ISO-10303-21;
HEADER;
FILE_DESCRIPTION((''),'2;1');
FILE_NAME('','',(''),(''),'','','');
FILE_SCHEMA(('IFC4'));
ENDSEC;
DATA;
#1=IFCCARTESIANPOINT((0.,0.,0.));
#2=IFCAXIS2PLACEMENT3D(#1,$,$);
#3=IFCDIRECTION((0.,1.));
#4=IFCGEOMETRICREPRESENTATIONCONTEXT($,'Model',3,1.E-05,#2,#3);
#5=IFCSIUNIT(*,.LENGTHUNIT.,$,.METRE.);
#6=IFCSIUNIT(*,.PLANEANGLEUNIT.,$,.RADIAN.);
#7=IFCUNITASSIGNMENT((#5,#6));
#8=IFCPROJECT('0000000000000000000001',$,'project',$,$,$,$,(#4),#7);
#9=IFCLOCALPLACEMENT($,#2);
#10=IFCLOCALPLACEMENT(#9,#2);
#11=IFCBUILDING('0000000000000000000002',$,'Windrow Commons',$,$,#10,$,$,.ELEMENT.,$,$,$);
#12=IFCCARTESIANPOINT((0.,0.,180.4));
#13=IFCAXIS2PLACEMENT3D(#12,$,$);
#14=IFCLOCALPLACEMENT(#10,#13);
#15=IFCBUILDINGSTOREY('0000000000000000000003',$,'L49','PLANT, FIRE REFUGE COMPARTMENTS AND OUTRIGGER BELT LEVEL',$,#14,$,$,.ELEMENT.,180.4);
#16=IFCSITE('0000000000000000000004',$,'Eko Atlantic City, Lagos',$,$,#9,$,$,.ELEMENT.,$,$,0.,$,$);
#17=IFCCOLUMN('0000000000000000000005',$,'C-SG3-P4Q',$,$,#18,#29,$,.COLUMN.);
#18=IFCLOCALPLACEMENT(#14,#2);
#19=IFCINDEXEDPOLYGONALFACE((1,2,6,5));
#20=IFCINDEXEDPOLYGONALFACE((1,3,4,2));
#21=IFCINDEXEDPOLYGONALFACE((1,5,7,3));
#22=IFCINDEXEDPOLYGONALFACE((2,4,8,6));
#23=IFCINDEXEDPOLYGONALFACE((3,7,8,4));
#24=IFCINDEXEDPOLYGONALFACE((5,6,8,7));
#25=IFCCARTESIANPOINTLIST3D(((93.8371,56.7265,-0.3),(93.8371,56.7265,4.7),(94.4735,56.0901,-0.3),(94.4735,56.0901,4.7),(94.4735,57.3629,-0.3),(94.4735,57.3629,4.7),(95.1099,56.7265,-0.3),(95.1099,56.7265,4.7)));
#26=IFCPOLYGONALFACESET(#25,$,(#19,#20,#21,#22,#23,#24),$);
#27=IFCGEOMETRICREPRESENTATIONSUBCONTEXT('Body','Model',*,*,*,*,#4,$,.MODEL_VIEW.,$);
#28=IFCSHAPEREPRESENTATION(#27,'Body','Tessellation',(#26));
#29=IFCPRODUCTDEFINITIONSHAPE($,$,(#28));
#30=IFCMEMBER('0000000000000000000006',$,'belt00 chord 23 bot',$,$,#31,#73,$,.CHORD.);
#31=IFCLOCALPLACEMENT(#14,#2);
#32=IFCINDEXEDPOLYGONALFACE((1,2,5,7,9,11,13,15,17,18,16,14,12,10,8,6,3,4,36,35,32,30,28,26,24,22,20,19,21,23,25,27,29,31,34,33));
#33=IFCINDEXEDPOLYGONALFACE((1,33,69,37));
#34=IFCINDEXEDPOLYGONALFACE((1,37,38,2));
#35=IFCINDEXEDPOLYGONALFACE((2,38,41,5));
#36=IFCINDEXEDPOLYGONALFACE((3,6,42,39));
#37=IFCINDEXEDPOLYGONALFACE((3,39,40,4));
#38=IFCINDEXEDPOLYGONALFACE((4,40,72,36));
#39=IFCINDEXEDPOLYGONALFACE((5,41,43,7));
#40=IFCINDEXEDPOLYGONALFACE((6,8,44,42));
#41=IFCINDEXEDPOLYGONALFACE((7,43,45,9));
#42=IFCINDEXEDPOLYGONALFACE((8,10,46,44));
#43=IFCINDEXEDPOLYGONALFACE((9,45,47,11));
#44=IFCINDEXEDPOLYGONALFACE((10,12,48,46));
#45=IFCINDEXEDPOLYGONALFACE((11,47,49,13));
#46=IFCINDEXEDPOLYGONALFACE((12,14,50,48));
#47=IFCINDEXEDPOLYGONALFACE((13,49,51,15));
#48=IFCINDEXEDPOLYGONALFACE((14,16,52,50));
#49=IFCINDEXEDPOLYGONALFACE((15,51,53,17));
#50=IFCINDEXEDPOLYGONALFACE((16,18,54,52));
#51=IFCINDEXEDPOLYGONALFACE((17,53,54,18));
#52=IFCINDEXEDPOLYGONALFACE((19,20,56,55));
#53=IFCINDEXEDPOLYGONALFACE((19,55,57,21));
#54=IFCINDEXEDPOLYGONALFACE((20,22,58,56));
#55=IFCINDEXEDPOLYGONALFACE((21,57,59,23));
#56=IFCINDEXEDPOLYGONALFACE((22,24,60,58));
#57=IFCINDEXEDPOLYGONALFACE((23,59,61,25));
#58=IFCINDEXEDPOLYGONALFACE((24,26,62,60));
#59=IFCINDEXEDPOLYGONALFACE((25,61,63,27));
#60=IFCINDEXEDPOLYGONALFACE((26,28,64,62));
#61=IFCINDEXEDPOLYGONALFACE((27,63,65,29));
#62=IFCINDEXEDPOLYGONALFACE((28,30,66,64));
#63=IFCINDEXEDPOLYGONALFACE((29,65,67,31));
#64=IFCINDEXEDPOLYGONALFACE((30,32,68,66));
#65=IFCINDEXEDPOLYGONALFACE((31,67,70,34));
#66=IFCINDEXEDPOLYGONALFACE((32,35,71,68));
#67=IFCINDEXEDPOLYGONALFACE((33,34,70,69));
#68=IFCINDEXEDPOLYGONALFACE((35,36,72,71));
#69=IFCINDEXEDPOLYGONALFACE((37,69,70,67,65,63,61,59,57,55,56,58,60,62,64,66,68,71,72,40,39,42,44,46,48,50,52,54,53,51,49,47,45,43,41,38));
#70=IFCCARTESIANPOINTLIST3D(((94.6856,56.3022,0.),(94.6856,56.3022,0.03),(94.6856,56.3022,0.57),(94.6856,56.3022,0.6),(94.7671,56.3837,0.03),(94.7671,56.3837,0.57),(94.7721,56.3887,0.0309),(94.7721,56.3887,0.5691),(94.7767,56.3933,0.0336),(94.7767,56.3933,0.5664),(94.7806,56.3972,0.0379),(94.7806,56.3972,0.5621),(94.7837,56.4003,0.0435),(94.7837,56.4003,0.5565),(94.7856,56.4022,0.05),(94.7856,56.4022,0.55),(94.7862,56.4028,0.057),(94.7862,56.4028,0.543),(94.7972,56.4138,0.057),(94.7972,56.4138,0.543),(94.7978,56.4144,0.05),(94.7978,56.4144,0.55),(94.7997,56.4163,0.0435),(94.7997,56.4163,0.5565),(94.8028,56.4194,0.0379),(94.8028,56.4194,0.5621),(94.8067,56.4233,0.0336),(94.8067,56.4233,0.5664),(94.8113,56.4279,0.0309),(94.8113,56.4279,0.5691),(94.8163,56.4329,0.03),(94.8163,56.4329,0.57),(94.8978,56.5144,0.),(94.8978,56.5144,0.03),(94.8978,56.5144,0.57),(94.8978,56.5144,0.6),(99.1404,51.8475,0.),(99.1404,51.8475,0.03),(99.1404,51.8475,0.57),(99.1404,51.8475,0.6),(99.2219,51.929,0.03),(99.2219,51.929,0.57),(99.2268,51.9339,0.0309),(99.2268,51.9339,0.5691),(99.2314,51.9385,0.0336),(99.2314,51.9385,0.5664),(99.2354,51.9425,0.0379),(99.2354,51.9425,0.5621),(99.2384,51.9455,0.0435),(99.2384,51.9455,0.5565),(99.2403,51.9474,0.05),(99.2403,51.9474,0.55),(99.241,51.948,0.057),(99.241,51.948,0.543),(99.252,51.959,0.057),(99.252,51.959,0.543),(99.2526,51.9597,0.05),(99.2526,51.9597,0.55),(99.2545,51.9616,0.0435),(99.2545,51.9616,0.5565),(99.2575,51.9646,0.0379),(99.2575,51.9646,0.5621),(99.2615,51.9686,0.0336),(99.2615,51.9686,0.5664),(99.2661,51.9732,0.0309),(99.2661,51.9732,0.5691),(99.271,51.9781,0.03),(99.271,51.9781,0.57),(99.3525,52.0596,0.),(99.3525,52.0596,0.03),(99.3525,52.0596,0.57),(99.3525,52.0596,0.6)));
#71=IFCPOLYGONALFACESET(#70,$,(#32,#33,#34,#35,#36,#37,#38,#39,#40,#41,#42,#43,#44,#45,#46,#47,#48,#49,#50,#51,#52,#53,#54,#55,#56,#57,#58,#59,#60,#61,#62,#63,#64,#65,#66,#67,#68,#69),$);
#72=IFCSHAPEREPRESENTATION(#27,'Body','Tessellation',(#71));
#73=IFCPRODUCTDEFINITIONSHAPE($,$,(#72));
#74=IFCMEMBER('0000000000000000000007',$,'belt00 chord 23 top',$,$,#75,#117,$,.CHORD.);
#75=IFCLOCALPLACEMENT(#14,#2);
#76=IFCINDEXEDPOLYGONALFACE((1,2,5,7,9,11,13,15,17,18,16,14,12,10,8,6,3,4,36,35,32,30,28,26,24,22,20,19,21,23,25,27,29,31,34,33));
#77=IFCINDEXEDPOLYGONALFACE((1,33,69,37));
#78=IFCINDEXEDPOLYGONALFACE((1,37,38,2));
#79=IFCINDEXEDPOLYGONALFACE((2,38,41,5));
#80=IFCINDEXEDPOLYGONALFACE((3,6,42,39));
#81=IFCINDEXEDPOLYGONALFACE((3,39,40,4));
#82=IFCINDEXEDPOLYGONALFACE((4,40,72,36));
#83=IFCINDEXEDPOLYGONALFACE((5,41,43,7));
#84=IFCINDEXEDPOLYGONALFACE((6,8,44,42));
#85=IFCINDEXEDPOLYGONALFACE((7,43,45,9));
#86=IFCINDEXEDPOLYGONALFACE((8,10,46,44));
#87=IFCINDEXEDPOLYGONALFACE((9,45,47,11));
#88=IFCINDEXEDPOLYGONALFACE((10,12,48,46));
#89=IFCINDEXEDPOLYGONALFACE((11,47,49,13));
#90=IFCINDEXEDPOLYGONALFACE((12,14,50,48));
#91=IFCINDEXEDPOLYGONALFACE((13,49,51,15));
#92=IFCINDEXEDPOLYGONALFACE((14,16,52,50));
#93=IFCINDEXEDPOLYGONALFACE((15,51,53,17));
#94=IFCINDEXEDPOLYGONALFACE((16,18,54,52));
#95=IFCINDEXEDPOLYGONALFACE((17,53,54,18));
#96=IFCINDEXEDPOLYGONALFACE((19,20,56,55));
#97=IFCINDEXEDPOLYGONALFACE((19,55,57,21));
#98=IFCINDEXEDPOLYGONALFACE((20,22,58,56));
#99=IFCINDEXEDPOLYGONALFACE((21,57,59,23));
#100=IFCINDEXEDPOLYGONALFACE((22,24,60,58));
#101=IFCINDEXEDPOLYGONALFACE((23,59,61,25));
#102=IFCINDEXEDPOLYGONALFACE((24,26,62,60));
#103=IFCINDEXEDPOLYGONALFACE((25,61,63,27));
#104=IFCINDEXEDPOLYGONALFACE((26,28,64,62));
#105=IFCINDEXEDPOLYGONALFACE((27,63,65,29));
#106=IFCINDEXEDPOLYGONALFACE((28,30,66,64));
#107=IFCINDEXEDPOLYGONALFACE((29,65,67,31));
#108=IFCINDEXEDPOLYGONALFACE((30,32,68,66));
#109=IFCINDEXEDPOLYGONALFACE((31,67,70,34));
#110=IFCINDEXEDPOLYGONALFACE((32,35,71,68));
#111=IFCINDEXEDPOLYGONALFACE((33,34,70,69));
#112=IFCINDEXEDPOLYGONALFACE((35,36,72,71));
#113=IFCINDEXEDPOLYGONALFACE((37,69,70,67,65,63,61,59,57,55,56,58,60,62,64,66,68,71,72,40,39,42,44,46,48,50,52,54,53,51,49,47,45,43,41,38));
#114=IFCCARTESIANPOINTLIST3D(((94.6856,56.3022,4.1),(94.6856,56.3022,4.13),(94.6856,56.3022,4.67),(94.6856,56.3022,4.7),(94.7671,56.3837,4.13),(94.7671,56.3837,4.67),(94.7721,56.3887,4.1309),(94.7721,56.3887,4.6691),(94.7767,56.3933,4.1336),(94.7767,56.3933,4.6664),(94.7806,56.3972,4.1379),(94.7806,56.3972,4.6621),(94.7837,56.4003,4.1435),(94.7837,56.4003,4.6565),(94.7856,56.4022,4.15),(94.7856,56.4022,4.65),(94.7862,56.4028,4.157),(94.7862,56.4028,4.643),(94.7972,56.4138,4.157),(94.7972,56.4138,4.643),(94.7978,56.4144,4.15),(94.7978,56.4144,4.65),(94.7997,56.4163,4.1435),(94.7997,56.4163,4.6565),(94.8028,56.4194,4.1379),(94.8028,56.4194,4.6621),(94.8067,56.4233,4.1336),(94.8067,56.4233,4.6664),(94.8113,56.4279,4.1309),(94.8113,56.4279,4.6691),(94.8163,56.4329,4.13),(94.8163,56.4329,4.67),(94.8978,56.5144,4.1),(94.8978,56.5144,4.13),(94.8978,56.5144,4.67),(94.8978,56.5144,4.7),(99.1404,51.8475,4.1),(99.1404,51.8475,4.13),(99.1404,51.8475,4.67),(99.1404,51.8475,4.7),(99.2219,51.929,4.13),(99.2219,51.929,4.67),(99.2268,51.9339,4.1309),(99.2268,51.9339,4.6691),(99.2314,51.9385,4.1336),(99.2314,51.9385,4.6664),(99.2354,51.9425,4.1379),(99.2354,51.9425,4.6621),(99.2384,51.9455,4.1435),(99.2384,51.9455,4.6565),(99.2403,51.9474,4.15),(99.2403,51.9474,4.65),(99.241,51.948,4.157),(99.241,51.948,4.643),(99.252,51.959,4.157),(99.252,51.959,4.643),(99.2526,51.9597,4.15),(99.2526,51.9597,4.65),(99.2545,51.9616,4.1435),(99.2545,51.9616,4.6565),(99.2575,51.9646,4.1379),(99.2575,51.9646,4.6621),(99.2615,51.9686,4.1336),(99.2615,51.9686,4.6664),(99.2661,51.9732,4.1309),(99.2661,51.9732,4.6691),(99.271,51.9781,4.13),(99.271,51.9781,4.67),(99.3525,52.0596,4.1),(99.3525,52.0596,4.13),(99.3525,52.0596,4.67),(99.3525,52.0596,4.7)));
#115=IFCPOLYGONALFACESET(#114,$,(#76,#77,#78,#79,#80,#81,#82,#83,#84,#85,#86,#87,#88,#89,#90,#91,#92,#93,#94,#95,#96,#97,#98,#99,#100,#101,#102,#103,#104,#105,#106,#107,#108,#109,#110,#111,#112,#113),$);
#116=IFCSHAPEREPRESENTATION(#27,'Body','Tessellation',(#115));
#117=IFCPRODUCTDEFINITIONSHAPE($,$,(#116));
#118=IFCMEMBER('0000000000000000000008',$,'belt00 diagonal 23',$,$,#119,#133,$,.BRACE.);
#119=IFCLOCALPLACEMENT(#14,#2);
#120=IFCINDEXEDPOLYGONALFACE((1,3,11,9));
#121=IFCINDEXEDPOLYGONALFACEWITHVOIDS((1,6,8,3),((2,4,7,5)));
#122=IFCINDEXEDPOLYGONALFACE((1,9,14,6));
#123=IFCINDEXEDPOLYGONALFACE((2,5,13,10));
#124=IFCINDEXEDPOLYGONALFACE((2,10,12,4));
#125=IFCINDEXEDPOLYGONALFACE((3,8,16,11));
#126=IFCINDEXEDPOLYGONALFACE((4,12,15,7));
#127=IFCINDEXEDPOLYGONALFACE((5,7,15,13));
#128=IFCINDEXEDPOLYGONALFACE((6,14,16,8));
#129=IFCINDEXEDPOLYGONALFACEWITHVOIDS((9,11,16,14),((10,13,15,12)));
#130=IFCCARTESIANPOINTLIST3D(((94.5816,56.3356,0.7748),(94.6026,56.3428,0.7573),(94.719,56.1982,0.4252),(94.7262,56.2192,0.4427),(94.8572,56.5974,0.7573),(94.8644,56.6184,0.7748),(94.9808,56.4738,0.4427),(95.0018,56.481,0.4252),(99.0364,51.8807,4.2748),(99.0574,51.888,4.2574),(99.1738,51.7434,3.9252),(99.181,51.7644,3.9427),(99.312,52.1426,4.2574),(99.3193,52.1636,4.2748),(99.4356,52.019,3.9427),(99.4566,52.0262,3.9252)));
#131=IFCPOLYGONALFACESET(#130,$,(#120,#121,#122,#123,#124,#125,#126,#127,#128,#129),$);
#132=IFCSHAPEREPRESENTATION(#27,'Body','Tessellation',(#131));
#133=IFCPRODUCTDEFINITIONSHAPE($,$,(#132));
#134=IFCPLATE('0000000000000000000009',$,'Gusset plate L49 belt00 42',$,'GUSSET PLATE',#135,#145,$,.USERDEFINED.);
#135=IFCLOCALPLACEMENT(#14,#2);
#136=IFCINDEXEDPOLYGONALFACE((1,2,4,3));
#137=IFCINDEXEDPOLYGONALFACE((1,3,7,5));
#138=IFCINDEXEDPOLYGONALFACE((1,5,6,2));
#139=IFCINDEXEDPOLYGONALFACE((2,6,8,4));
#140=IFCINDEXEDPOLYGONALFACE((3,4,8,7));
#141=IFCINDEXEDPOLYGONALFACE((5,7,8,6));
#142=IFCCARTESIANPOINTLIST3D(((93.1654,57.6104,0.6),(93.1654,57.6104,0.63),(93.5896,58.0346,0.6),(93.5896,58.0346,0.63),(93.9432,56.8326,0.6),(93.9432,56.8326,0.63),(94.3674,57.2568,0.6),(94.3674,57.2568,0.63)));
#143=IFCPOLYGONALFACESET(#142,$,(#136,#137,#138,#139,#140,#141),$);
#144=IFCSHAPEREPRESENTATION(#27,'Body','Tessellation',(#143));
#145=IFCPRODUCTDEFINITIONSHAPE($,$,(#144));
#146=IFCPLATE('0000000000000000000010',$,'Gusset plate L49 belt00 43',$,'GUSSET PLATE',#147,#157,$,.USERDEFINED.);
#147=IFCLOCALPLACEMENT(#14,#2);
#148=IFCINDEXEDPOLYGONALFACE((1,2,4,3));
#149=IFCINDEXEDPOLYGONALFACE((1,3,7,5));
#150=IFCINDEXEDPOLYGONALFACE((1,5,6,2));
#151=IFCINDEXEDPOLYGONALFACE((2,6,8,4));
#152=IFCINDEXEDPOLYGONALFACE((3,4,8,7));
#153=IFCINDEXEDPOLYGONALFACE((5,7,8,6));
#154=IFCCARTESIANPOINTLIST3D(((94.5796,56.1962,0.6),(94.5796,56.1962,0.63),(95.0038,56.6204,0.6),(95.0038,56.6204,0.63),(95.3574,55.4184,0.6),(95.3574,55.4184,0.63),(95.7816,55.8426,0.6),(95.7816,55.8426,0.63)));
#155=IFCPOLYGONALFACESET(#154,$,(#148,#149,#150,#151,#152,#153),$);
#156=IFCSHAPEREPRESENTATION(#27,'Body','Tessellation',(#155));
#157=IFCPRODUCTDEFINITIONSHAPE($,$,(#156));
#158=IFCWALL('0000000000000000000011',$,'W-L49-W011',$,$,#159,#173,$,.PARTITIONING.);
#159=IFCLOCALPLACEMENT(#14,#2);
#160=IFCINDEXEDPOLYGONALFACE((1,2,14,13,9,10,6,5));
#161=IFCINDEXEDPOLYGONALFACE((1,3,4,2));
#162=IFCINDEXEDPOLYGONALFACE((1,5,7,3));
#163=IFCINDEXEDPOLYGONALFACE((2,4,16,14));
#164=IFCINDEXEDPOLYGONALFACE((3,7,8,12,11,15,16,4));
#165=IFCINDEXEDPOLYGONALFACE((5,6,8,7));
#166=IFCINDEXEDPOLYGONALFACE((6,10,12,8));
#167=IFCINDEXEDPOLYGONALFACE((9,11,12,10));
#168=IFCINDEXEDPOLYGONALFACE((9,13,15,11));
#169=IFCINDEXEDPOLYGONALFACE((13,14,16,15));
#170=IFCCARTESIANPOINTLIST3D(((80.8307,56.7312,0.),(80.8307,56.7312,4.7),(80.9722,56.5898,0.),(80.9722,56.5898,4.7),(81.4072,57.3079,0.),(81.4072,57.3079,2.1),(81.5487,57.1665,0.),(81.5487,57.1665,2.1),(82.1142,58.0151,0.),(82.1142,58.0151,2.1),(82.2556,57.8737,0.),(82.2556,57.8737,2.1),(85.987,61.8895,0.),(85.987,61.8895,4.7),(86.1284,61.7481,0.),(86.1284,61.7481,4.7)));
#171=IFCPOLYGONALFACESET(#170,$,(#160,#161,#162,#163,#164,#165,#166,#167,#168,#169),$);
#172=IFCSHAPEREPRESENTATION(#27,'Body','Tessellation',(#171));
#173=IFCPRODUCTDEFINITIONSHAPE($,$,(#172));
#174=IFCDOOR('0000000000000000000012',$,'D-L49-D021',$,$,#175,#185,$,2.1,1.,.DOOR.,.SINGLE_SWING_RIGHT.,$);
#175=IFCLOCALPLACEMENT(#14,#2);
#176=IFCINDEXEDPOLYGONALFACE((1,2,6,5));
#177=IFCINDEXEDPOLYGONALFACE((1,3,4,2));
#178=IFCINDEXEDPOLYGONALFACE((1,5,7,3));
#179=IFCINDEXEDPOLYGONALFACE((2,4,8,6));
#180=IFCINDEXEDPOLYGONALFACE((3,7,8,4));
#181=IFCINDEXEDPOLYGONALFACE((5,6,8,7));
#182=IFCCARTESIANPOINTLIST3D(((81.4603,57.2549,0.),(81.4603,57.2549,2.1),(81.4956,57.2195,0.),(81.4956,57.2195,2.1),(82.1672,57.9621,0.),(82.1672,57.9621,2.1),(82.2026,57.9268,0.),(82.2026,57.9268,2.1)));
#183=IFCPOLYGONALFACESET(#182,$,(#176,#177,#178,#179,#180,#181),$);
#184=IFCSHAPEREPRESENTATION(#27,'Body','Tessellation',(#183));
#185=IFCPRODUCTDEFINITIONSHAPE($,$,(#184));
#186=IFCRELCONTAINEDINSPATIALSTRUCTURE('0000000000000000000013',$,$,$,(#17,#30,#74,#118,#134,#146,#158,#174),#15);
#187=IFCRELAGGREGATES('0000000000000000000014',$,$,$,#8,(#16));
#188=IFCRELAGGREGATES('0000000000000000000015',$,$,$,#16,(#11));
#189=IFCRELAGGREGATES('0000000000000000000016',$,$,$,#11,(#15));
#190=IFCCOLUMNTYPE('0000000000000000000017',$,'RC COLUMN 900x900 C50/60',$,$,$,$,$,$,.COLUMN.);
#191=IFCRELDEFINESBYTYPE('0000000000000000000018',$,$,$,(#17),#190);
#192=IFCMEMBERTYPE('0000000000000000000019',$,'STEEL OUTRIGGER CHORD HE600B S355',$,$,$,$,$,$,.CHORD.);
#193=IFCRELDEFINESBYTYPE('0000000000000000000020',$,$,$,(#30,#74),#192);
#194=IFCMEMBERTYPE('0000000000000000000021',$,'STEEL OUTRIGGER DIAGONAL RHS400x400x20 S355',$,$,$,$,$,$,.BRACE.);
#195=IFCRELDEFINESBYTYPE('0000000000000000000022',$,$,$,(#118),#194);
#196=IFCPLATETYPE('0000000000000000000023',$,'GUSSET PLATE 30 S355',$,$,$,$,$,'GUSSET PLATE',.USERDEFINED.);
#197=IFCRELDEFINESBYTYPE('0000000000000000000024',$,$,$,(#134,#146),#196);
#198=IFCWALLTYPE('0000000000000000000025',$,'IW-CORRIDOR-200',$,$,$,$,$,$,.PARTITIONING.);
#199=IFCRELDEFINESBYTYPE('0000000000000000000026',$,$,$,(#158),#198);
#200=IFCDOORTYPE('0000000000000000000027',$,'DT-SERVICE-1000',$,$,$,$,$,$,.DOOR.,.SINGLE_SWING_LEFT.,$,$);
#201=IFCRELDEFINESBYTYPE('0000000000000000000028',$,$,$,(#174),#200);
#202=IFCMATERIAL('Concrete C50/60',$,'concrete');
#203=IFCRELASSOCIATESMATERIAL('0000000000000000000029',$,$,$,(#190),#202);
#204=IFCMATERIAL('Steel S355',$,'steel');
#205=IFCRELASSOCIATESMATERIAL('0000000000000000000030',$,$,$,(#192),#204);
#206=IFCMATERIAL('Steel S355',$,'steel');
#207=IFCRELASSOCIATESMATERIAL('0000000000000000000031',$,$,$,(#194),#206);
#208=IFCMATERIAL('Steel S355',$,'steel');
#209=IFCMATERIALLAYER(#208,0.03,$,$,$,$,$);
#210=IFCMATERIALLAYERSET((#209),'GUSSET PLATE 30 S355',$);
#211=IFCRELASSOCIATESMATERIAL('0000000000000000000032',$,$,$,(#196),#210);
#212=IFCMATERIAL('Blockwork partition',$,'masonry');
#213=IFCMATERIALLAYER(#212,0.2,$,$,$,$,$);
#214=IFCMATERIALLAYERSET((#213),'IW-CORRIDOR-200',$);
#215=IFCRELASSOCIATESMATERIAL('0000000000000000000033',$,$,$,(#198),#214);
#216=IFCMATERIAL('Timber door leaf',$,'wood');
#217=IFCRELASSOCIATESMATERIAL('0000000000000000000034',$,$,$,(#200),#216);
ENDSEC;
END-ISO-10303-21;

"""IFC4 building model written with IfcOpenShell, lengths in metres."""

from ifc_helpers import new_model, si_unit, direction, frame, frame_2d, origin, origin_2d, place, context, subcontext, project, spatial, rectangle, hollow_rectangle, i_section, extrude, material, layer, layer_set, material_profile, profile_set, type_object, element, fill, save


model = new_model("IFC4")

# Units and contexts
model_context = context("Model", 3, precision=1e-05, world=origin(), true_north=direction((0.0, 1.0)))
body_context = subcontext(model_context, "Body", "Model", "MODEL_VIEW")
ifc_project = project(units=[si_unit("LENGTHUNIT", "METRE"), si_unit("PLANEANGLEUNIT", "RADIAN")], contexts=[model_context])

# Site, building, storey
site_placement = place(None, origin())
site = spatial("IfcSite", under=ifc_project, at=site_placement, Name="Eko Atlantic City, Lagos", CompositionType="ELEMENT", RefElevation=0.0)
building_placement = place(site_placement, origin())
building = spatial("IfcBuilding", under=site, at=building_placement, Name="Windrow Commons", CompositionType="ELEMENT")
storey_placement = place(building_placement, frame((0.0, 0.0, 180.4)))
storey = spatial("IfcBuildingStorey", under=building, at=storey_placement, Name="L49", Description="PLANT, FIRE REFUGE COMPARTMENTS AND OUTRIGGER BELT LEVEL", CompositionType="ELEMENT", Elevation=180.4)

# Column
ifc_material_1 = material(Name="Concrete C50/60", Category="concrete")
ifc_material_profile_1 = material_profile(ifc_material_1, rectangle(XDim=0.9, YDim=0.9, at=origin_2d()))
ifc_profile_set_1 = profile_set([ifc_material_profile_1], Name="Concrete C50/60")
column_type = type_object("IfcColumnType", Name="RC COLUMN 900x900 C50/60", PredefinedType="COLUMN", material=ifc_profile_set_1)
column_placement = place(storey_placement, frame((94.4735, 56.7265, -0.3), z_axis=(0.0, 0.0, 1.0), x_axis=(0.707107, -0.707107, 0.0)))
element("IfcColumn", 1, at=column_placement, inside=storey, type_object=column_type, Name="C-SG3-P4Q", PredefinedType="COLUMN", context=body_context, shape_type="SweptSolid", body=[
    extrude(rectangle(XDim=0.9, YDim=0.9, at=origin_2d()), origin(), (0.0, 0.0, 1.0), 5.0),
])

# Members
ifc_material_2 = material(Name="Steel S355", Category="steel")
ifc_material_profile_2 = material_profile(ifc_material_2, i_section(OverallWidth=0.3, OverallDepth=0.6, WebThickness=0.0155, FlangeThickness=0.03, FilletRadius=0.027, at=origin_2d()))
ifc_profile_set_2 = profile_set([ifc_material_profile_2], Name="Steel S355")
member_type_1 = type_object("IfcMemberType", Name="STEEL OUTRIGGER CHORD HE600B S355", PredefinedType="CHORD", material=ifc_profile_set_2)
for number, where, z_axis, x_axis, name in (
    (2, (94.7917, 56.4083, 0.3), (0.707107, -0.707107, 0.0), (0.707107, 0.707107, 0.0), "belt00 chord 23 bot"),
    (3, (94.7917, 56.4083, 4.4), (0.707107, -0.707107, 0.0), (0.707107, 0.707107, 0.0), "belt00 chord 23 top"),
):
    element("IfcMember", number, at=place(storey_placement, frame(where, z_axis=z_axis, x_axis=x_axis)), inside=storey, type_object=member_type_1, Name=name, PredefinedType="CHORD", context=body_context, shape_type="SweptSolid", body=[
        extrude(i_section(OverallWidth=0.3, OverallDepth=0.6, WebThickness=0.0155, FlangeThickness=0.03, FilletRadius=0.027, at=origin_2d()), origin(), (0.0, 0.0, 1.0), 6.3),
    ])
ifc_material_3 = material(Name="Steel S355", Category="steel")
ifc_material_profile_3 = material_profile(ifc_material_3, hollow_rectangle(XDim=0.4, YDim=0.4, WallThickness=0.02, at=origin_2d()))
ifc_profile_set_3 = profile_set([ifc_material_profile_3], Name="Steel S355")
member_type_2 = type_object("IfcMemberType", Name="STEEL OUTRIGGER DIAGONAL RHS400x400x20 S355", PredefinedType="BRACE", material=ifc_profile_set_3)
member_placement = place(storey_placement, frame((94.7917, 56.4083, 0.6), z_axis=(0.618123, -0.618123, 0.485641), x_axis=(0.707107, 0.707107, 0.0)))
element("IfcMember", 4, at=member_placement, inside=storey, type_object=member_type_2, Name="belt00 diagonal 23", PredefinedType="BRACE", context=body_context, shape_type="SweptSolid", body=[
    extrude(hollow_rectangle(XDim=0.4, YDim=0.4, WallThickness=0.02, at=origin_2d()), origin(), (0.0, 0.0, 1.0), 7.207),
])

# Plates
ifc_material_4 = material(Name="Steel S355", Category="steel")
ifc_layer_1 = layer(ifc_material_4, 0.03)
ifc_layer_set_1 = layer_set([ifc_layer_1], Name="GUSSET PLATE 30 S355")
plate_type = type_object("IfcPlateType", Name="GUSSET PLATE 30 S355", ElementType="GUSSET PLATE", PredefinedType="USERDEFINED", material=ifc_layer_set_1)
for number, where, z_axis, x_axis, name in (
    (5, (93.7664, 57.4336, 0.6), (0.0, 0.0, 1.0), (0.707107, -0.707107, 0.0), "Gusset plate L49 belt00 42"),
    (6, (95.1806, 56.0194, 0.6), (0.0, 0.0, 1.0), (0.707107, -0.707107, 0.0), "Gusset plate L49 belt00 43"),
):
    element("IfcPlate", number, at=place(storey_placement, frame(where, z_axis=z_axis, x_axis=x_axis)), inside=storey, type_object=plate_type, Name=name, ObjectType="GUSSET PLATE", PredefinedType="USERDEFINED", context=body_context, shape_type="SweptSolid", body=[
        extrude(rectangle(XDim=1.1, YDim=0.6, at=origin_2d()), origin(), (0.0, 0.0, 1.0), 0.03),
    ])

# Wall, opening, door
ifc_material_5 = material(Name="Blockwork partition", Category="masonry")
ifc_layer_2 = layer(ifc_material_5, 0.2)
ifc_layer_set_2 = layer_set([ifc_layer_2], Name="IW-CORRIDOR-200")
wall_type_1 = type_object("IfcWallType", Name="IW-CORRIDOR-200", PredefinedType="PARTITIONING", material=ifc_layer_set_2)
wall_1_placement = place(storey_placement, frame((80.9015, 56.6605, 0.0), z_axis=(0.0, 0.0, 1.0), x_axis=(0.706963, 0.707251, 0.0)))
wall_1 = element("IfcWall", 7, at=wall_1_placement, inside=storey, type_object=wall_type_1, Name="W-L49-W011", PredefinedType="PARTITIONING", context=body_context, shape_type="SweptSolid", body=[
    extrude(rectangle(XDim=7.2935, YDim=0.2, at=frame_2d((3.6467, 0.0))), origin(), (0.0, 0.0, 1.0), 4.7),
])
opening_1_placement = place(wall_1_placement, frame((0.8154, 0.0, 0.0)))
opening_1 = element("IfcOpeningElement", 8, at=opening_1_placement, cuts=wall_1, PredefinedType="OPENING", context=body_context, shape_type="SweptSolid", body=[
    extrude(rectangle(XDim=1.0, YDim=2.1, at=frame_2d((0.5, 1.05))), frame((0.0, 0.11, 0.0), z_axis=(0.0, -1.0, 0.0), x_axis=(1.0, 0.0, 0.0)), (0.0, 0.0, 1.0), 0.22),
])
ifc_material_6 = material(Name="Timber door leaf", Category="wood")
door_type_1 = type_object("IfcDoorType", Name="DT-SERVICE-1000", OperationType="SINGLE_SWING_LEFT", PredefinedType="DOOR", material=ifc_material_6)
door_1_placement = place(opening_1_placement, origin())
door_1 = element("IfcDoor", 9, at=door_1_placement, inside=storey, type_object=door_type_1, Name="D-L49-D021", OperationType="SINGLE_SWING_RIGHT", OverallHeight=2.1, OverallWidth=1.0, PredefinedType="DOOR", context=body_context, shape_type="SweptSolid", body=[
    extrude(rectangle(XDim=1.0, YDim=2.1, at=frame_2d((0.5, 1.05))), frame((0.0, 0.025, 0.0), z_axis=(0.0, -1.0, 0.0), x_axis=(1.0, 0.0, 0.0)), (0.0, 0.0, 1.0), 0.05),
])
fill(opening_1, door_1)

save(model, "model.ifc")
